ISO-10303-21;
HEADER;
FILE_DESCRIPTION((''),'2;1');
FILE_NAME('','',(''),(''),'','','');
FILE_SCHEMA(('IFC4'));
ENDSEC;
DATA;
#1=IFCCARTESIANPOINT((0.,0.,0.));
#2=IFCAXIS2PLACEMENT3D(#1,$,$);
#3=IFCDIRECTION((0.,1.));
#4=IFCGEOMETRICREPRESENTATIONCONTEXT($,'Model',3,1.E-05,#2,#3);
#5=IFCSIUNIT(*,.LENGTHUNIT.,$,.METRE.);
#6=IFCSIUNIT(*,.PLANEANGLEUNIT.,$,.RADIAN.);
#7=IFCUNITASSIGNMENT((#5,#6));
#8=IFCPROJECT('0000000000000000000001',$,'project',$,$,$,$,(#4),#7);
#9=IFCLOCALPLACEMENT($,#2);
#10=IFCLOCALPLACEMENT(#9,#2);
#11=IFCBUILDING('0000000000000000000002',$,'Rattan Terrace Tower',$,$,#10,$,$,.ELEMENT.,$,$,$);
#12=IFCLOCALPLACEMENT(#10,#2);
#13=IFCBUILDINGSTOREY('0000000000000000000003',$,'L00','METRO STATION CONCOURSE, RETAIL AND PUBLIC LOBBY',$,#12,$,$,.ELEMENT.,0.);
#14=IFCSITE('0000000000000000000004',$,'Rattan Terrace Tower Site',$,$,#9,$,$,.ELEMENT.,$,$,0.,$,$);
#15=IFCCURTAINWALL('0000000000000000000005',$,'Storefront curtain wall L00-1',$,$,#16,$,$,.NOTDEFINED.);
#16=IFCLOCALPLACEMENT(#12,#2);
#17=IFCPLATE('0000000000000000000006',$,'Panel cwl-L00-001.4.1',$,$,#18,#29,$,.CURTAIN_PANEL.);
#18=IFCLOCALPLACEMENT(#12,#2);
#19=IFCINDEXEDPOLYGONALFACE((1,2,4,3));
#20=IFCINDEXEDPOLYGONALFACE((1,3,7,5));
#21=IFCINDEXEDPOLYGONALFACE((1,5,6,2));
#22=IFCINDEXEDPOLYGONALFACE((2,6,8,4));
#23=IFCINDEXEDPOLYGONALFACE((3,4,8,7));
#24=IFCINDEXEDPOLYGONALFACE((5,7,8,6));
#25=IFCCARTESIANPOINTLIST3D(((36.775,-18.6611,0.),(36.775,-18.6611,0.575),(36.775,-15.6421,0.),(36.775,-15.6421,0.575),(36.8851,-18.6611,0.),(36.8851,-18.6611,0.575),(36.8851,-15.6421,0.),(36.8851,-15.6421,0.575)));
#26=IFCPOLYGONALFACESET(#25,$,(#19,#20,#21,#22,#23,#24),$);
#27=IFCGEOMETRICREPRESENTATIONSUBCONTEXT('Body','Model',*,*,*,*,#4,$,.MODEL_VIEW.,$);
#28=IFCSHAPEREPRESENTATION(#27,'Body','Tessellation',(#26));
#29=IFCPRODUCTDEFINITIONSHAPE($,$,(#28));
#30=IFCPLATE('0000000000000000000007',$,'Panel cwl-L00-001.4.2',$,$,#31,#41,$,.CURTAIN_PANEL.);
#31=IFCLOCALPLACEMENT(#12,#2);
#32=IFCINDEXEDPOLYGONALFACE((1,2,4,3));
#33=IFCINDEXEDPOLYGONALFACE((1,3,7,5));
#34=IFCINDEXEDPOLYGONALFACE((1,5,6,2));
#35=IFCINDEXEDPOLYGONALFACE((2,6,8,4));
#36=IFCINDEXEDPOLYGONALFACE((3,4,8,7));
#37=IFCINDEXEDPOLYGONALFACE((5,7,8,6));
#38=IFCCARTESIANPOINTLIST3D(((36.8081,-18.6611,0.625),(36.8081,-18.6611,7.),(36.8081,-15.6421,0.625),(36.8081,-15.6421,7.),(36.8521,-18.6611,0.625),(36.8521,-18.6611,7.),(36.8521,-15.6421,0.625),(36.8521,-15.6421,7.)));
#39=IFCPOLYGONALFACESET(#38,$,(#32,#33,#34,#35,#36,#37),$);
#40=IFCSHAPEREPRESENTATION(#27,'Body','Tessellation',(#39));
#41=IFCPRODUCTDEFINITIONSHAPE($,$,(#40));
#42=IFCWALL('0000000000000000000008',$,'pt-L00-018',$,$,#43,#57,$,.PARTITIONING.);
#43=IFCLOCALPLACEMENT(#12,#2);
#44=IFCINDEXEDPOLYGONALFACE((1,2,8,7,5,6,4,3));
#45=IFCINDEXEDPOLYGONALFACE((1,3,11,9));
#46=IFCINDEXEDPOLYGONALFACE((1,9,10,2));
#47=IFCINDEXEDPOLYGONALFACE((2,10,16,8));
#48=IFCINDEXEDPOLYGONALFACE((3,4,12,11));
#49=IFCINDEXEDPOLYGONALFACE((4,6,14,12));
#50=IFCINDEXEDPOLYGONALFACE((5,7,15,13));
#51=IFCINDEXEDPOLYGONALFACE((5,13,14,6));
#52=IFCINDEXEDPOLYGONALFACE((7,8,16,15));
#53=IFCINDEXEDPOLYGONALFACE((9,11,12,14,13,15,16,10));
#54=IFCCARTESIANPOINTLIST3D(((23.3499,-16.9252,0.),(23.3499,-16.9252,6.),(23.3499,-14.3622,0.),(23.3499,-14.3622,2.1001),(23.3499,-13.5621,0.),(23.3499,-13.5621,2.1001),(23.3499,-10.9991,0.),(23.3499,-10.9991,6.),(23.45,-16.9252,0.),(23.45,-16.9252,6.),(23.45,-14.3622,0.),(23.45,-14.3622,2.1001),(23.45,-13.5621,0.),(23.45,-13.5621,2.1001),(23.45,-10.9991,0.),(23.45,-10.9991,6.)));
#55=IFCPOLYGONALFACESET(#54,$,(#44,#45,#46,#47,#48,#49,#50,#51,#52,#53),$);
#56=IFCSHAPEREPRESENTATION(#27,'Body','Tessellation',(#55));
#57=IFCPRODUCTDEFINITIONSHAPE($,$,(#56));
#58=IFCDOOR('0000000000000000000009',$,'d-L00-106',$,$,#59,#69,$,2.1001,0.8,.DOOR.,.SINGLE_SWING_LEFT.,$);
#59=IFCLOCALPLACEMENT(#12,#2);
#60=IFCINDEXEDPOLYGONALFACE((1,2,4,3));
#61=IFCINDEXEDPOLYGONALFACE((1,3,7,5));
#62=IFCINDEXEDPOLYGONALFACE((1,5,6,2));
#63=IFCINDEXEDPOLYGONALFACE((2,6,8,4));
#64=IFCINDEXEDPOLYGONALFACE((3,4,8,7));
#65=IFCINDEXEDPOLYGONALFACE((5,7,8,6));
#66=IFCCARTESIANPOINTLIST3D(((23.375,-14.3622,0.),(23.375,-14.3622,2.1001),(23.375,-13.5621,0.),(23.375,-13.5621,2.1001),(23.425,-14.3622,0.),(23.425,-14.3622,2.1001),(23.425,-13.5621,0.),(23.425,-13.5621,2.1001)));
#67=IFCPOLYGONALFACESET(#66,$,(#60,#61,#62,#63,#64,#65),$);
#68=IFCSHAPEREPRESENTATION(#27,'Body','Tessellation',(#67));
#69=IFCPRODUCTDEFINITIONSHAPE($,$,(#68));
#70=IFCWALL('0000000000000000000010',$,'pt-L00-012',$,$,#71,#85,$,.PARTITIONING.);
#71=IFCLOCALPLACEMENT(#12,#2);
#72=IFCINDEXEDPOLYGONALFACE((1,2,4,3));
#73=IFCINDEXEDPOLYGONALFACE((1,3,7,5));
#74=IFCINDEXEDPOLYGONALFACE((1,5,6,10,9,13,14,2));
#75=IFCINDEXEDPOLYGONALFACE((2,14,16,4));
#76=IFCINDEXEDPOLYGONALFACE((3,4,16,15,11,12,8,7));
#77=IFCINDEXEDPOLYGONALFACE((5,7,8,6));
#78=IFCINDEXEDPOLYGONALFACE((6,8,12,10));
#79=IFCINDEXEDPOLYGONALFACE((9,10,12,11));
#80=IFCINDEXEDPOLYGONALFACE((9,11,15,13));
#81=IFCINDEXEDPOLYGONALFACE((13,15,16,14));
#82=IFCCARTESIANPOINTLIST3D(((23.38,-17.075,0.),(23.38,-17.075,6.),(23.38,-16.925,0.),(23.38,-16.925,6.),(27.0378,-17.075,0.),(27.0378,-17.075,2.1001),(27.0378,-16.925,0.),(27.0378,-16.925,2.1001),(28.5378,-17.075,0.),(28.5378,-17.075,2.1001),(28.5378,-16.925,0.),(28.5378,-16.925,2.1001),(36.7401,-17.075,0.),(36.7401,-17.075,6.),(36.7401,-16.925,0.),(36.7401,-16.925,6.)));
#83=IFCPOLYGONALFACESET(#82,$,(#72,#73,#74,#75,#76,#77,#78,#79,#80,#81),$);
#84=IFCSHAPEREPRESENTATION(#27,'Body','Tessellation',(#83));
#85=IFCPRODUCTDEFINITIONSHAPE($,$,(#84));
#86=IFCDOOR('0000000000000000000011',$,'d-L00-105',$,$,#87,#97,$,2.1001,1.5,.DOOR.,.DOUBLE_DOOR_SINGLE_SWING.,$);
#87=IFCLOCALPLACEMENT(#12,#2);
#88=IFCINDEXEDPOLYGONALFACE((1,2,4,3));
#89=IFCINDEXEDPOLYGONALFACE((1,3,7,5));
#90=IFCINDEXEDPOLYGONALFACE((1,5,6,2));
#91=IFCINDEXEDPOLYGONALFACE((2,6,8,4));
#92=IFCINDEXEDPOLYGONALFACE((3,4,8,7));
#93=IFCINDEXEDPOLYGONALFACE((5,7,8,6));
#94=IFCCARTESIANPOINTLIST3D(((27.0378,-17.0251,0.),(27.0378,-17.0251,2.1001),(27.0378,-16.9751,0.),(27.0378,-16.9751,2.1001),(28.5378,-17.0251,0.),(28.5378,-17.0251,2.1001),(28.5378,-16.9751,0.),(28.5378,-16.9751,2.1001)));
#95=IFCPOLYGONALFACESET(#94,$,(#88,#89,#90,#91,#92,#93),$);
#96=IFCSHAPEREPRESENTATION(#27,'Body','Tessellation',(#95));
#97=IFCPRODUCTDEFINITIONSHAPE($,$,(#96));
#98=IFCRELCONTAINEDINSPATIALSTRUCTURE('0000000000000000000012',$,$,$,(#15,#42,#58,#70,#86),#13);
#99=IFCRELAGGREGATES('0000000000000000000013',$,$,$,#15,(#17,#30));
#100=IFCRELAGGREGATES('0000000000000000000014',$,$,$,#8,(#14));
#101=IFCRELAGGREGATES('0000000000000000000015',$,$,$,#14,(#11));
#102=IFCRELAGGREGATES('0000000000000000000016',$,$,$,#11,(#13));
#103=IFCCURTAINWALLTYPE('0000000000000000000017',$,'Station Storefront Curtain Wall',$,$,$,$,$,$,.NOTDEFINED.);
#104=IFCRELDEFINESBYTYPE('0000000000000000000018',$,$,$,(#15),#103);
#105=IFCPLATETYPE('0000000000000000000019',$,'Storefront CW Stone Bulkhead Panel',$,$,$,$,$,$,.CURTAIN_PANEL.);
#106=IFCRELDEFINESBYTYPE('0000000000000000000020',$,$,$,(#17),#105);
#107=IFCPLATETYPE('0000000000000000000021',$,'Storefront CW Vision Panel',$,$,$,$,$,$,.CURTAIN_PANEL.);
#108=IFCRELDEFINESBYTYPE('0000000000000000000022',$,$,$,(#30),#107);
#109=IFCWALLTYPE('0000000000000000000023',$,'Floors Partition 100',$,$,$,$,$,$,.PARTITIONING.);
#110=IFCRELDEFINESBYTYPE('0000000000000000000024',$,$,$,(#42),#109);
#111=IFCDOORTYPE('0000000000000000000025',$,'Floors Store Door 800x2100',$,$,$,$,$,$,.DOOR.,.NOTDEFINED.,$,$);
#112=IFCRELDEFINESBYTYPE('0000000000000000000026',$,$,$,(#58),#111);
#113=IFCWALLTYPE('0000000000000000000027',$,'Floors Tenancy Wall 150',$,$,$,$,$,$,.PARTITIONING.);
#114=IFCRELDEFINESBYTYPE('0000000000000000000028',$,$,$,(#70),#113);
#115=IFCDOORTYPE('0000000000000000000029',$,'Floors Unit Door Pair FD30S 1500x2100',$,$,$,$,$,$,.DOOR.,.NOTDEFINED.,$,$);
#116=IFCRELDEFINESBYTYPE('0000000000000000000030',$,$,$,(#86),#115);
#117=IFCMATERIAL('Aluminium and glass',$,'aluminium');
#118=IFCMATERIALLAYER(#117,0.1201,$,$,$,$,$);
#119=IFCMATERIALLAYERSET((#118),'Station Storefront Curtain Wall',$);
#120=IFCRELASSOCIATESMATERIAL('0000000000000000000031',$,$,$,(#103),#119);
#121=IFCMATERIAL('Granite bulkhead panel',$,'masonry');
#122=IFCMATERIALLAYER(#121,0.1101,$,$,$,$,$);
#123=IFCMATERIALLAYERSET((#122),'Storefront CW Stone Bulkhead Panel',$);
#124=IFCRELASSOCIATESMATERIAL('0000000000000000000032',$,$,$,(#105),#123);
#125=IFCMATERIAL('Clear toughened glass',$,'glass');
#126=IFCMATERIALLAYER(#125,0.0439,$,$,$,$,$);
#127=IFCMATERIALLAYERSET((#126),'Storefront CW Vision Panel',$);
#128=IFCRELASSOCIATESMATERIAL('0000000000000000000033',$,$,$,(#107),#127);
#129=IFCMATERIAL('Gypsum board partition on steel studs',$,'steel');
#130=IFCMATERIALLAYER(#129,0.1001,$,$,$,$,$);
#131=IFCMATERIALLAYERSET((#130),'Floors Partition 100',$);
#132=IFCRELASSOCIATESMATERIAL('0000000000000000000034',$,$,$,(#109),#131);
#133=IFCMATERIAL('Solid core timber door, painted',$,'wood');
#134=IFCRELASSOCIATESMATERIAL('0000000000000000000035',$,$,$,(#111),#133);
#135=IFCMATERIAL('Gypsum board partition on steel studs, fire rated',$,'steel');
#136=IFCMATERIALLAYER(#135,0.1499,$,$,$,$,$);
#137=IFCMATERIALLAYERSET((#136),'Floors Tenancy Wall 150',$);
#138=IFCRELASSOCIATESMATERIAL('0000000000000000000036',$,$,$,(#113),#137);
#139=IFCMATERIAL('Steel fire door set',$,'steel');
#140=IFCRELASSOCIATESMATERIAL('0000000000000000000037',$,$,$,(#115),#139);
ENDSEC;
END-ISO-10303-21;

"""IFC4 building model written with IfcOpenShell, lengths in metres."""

from ifc_helpers import new_model, si_unit, direction, frame, frame_2d, origin, origin_2d, place, context, subcontext, project, spatial, rectangle, extrude, material, layer, layer_set, type_object, element, fill, aggregate, save


model = new_model("IFC4")

# Units and contexts
model_context = context("Model", 3, precision=1e-05, world=origin(), true_north=direction((0.0, 1.0)))
body_context = subcontext(model_context, "Body", "Model", "MODEL_VIEW")
ifc_project = project(units=[si_unit("LENGTHUNIT", "METRE"), si_unit("PLANEANGLEUNIT", "RADIAN")], contexts=[model_context])

# Site, building, storey
site_placement = place(None, origin())
site = spatial("IfcSite", under=ifc_project, at=site_placement, Name="Rattan Terrace Tower Site", CompositionType="ELEMENT", RefElevation=0.0)
building_placement = place(site_placement, origin())
building = spatial("IfcBuilding", under=site, at=building_placement, Name="Rattan Terrace Tower", CompositionType="ELEMENT")
storey_placement = place(building_placement, origin())
storey = spatial("IfcBuildingStorey", under=building, at=storey_placement, Name="L00", Description="METRO STATION CONCOURSE, RETAIL AND PUBLIC LOBBY", CompositionType="ELEMENT", Elevation=0.0)

# Curtain wall, plates
ifc_material_1 = material(Name="Aluminium and glass", Category="aluminium")
ifc_layer_1 = layer(ifc_material_1, 0.1201)
ifc_layer_set_1 = layer_set([ifc_layer_1], Name="Station Storefront Curtain Wall")
curtain_wall_type = type_object("IfcCurtainWallType", Name="Station Storefront Curtain Wall", PredefinedType="NOTDEFINED", material=ifc_layer_set_1)
curtain_wall_placement = place(storey_placement, origin())
curtain_wall = element("IfcCurtainWall", 1, at=curtain_wall_placement, inside=storey, type_object=curtain_wall_type, Name="Storefront curtain wall L00-1", PredefinedType="NOTDEFINED")
ifc_material_2 = material(Name="Granite bulkhead panel", Category="masonry")
ifc_layer_2 = layer(ifc_material_2, 0.1101)
ifc_layer_set_2 = layer_set([ifc_layer_2], Name="Storefront CW Stone Bulkhead Panel")
plate_type_1 = type_object("IfcPlateType", Name="Storefront CW Stone Bulkhead Panel", PredefinedType="CURTAIN_PANEL", material=ifc_layer_set_2)
plate_1_placement = place(storey_placement, frame((36.8301, -17.1516, 0.0), z_axis=(0.0, 0.0, 1.0), x_axis=(0.0, 1.0, 0.0)))
plate_1 = element("IfcPlate", 2, at=plate_1_placement, type_object=plate_type_1, Name="Panel cwl-L00-001.4.1", PredefinedType="CURTAIN_PANEL", context=body_context, shape_type="SweptSolid", body=[
    extrude(rectangle(XDim=3.019, YDim=0.1101, at=origin_2d()), origin(), (0.0, 0.0, 1.0), 0.575),
])
ifc_material_3 = material(Name="Clear toughened glass", Category="glass")
ifc_layer_3 = layer(ifc_material_3, 0.0439)
ifc_layer_set_3 = layer_set([ifc_layer_3], Name="Storefront CW Vision Panel")
plate_type_2 = type_object("IfcPlateType", Name="Storefront CW Vision Panel", PredefinedType="CURTAIN_PANEL", material=ifc_layer_set_3)
plate_2_placement = place(storey_placement, frame((36.8301, -17.1516, 0.625), z_axis=(0.0, 0.0, 1.0), x_axis=(0.0, 1.0, 0.0)))
plate_2 = element("IfcPlate", 3, at=plate_2_placement, type_object=plate_type_2, Name="Panel cwl-L00-001.4.2", PredefinedType="CURTAIN_PANEL", context=body_context, shape_type="SweptSolid", body=[
    extrude(rectangle(XDim=3.019, YDim=0.0439, at=origin_2d()), origin(), (0.0, 0.0, 1.0), 6.375),
])
aggregate(curtain_wall, [plate_1, plate_2])

# Walls, openings, doors
ifc_material_4 = material(Name="Gypsum board partition on steel studs", Category="steel")
ifc_layer_4 = layer(ifc_material_4, 0.1001)
ifc_layer_set_4 = layer_set([ifc_layer_4], Name="Floors Partition 100")
wall_type_1 = type_object("IfcWallType", Name="Floors Partition 100", PredefinedType="PARTITIONING", material=ifc_layer_set_4)
wall_1_placement = place(storey_placement, frame((23.3999, -16.925, 0.0), z_axis=(0.0, 0.0, 1.0), x_axis=(0.0, 1.0, 0.0)))
wall_1 = element("IfcWall", 4, at=wall_1_placement, inside=storey, type_object=wall_type_1, Name="pt-L00-018", PredefinedType="PARTITIONING", context=body_context, shape_type="SweptSolid", body=[
    extrude(rectangle(XDim=5.926, YDim=0.1001, at=frame_2d((2.9629, 0.0))), origin(), (0.0, 0.0, 1.0), 6.0),
])
opening_1_placement = place(wall_1_placement, frame((2.563, 0.0, 0.0)))
opening_1 = element("IfcOpeningElement", 5, at=opening_1_placement, cuts=wall_1, PredefinedType="OPENING", context=body_context, shape_type="SweptSolid", body=[
    extrude(rectangle(XDim=0.8, YDim=2.1001, at=frame_2d((0.3999, 1.05))), frame((0.0, 0.0605, 0.0), z_axis=(0.0, -1.0, 0.0), x_axis=(1.0, 0.0, 0.0)), (0.0, 0.0, 1.0), 0.1211),
])
ifc_material_5 = material(Name="Solid core timber door, painted", Category="wood")
door_type_1 = type_object("IfcDoorType", Name="Floors Store Door 800x2100", OperationType="NOTDEFINED", PredefinedType="DOOR", material=ifc_material_5)
door_1_placement = place(opening_1_placement, origin())
door_1 = element("IfcDoor", 6, at=door_1_placement, inside=storey, type_object=door_type_1, Name="d-L00-106", OperationType="SINGLE_SWING_LEFT", OverallHeight=2.1001, OverallWidth=0.8, PredefinedType="DOOR", context=body_context, shape_type="SweptSolid", body=[
    extrude(rectangle(XDim=0.8, YDim=2.1001, at=frame_2d((0.3999, 1.05))), frame((0.0, 0.0249, 0.0), z_axis=(0.0, -1.0, 0.0), x_axis=(1.0, 0.0, 0.0)), (0.0, 0.0, 1.0), 0.05),
])
fill(opening_1, door_1)
ifc_material_6 = material(Name="Gypsum board partition on steel studs, fire rated", Category="steel")
ifc_layer_5 = layer(ifc_material_6, 0.1499)
ifc_layer_set_5 = layer_set([ifc_layer_5], Name="Floors Tenancy Wall 150")
wall_type_2 = type_object("IfcWallType", Name="Floors Tenancy Wall 150", PredefinedType="PARTITIONING", material=ifc_layer_set_5)
wall_2_placement = place(storey_placement, frame((23.3799, -17.0, 0.0), z_axis=(0.0, 0.0, 1.0), x_axis=(1.0, 0.0, 0.0)))
wall_2 = element("IfcWall", 7, at=wall_2_placement, inside=storey, type_object=wall_type_2, Name="pt-L00-012", PredefinedType="PARTITIONING", context=body_context, shape_type="SweptSolid", body=[
    extrude(rectangle(XDim=13.3601, YDim=0.1499, at=frame_2d((6.6802, 0.0))), origin(), (0.0, 0.0, 1.0), 6.0),
])
opening_2_placement = place(wall_2_placement, frame((3.658, 0.0, 0.0)))
opening_2 = element("IfcOpeningElement", 8, at=opening_2_placement, cuts=wall_2, PredefinedType="OPENING", context=body_context, shape_type="SweptSolid", body=[
    extrude(rectangle(XDim=1.5, YDim=2.1001, at=frame_2d((0.75, 1.05))), frame((0.0, 0.0854, 0.0), z_axis=(0.0, -1.0, 0.0), x_axis=(1.0, 0.0, 0.0)), (0.0, 0.0, 1.0), 0.1709),
])
ifc_material_7 = material(Name="Steel fire door set", Category="steel")
door_type_2 = type_object("IfcDoorType", Name="Floors Unit Door Pair FD30S 1500x2100", OperationType="NOTDEFINED", PredefinedType="DOOR", material=ifc_material_7)
door_2_placement = place(opening_2_placement, origin())
door_2 = element("IfcDoor", 9, at=door_2_placement, inside=storey, type_object=door_type_2, Name="d-L00-105", OperationType="DOUBLE_DOOR_SINGLE_SWING", OverallHeight=2.1001, OverallWidth=1.5, PredefinedType="DOOR", context=body_context, shape_type="SweptSolid", body=[
    extrude(rectangle(XDim=1.5, YDim=2.1001, at=frame_2d((0.75, 1.05))), frame((0.0, 0.0249, 0.0), z_axis=(0.0, -1.0, 0.0), x_axis=(1.0, 0.0, 0.0)), (0.0, 0.0, 1.0), 0.05),
])
fill(opening_2, door_2)

save(model, "model.ifc")
